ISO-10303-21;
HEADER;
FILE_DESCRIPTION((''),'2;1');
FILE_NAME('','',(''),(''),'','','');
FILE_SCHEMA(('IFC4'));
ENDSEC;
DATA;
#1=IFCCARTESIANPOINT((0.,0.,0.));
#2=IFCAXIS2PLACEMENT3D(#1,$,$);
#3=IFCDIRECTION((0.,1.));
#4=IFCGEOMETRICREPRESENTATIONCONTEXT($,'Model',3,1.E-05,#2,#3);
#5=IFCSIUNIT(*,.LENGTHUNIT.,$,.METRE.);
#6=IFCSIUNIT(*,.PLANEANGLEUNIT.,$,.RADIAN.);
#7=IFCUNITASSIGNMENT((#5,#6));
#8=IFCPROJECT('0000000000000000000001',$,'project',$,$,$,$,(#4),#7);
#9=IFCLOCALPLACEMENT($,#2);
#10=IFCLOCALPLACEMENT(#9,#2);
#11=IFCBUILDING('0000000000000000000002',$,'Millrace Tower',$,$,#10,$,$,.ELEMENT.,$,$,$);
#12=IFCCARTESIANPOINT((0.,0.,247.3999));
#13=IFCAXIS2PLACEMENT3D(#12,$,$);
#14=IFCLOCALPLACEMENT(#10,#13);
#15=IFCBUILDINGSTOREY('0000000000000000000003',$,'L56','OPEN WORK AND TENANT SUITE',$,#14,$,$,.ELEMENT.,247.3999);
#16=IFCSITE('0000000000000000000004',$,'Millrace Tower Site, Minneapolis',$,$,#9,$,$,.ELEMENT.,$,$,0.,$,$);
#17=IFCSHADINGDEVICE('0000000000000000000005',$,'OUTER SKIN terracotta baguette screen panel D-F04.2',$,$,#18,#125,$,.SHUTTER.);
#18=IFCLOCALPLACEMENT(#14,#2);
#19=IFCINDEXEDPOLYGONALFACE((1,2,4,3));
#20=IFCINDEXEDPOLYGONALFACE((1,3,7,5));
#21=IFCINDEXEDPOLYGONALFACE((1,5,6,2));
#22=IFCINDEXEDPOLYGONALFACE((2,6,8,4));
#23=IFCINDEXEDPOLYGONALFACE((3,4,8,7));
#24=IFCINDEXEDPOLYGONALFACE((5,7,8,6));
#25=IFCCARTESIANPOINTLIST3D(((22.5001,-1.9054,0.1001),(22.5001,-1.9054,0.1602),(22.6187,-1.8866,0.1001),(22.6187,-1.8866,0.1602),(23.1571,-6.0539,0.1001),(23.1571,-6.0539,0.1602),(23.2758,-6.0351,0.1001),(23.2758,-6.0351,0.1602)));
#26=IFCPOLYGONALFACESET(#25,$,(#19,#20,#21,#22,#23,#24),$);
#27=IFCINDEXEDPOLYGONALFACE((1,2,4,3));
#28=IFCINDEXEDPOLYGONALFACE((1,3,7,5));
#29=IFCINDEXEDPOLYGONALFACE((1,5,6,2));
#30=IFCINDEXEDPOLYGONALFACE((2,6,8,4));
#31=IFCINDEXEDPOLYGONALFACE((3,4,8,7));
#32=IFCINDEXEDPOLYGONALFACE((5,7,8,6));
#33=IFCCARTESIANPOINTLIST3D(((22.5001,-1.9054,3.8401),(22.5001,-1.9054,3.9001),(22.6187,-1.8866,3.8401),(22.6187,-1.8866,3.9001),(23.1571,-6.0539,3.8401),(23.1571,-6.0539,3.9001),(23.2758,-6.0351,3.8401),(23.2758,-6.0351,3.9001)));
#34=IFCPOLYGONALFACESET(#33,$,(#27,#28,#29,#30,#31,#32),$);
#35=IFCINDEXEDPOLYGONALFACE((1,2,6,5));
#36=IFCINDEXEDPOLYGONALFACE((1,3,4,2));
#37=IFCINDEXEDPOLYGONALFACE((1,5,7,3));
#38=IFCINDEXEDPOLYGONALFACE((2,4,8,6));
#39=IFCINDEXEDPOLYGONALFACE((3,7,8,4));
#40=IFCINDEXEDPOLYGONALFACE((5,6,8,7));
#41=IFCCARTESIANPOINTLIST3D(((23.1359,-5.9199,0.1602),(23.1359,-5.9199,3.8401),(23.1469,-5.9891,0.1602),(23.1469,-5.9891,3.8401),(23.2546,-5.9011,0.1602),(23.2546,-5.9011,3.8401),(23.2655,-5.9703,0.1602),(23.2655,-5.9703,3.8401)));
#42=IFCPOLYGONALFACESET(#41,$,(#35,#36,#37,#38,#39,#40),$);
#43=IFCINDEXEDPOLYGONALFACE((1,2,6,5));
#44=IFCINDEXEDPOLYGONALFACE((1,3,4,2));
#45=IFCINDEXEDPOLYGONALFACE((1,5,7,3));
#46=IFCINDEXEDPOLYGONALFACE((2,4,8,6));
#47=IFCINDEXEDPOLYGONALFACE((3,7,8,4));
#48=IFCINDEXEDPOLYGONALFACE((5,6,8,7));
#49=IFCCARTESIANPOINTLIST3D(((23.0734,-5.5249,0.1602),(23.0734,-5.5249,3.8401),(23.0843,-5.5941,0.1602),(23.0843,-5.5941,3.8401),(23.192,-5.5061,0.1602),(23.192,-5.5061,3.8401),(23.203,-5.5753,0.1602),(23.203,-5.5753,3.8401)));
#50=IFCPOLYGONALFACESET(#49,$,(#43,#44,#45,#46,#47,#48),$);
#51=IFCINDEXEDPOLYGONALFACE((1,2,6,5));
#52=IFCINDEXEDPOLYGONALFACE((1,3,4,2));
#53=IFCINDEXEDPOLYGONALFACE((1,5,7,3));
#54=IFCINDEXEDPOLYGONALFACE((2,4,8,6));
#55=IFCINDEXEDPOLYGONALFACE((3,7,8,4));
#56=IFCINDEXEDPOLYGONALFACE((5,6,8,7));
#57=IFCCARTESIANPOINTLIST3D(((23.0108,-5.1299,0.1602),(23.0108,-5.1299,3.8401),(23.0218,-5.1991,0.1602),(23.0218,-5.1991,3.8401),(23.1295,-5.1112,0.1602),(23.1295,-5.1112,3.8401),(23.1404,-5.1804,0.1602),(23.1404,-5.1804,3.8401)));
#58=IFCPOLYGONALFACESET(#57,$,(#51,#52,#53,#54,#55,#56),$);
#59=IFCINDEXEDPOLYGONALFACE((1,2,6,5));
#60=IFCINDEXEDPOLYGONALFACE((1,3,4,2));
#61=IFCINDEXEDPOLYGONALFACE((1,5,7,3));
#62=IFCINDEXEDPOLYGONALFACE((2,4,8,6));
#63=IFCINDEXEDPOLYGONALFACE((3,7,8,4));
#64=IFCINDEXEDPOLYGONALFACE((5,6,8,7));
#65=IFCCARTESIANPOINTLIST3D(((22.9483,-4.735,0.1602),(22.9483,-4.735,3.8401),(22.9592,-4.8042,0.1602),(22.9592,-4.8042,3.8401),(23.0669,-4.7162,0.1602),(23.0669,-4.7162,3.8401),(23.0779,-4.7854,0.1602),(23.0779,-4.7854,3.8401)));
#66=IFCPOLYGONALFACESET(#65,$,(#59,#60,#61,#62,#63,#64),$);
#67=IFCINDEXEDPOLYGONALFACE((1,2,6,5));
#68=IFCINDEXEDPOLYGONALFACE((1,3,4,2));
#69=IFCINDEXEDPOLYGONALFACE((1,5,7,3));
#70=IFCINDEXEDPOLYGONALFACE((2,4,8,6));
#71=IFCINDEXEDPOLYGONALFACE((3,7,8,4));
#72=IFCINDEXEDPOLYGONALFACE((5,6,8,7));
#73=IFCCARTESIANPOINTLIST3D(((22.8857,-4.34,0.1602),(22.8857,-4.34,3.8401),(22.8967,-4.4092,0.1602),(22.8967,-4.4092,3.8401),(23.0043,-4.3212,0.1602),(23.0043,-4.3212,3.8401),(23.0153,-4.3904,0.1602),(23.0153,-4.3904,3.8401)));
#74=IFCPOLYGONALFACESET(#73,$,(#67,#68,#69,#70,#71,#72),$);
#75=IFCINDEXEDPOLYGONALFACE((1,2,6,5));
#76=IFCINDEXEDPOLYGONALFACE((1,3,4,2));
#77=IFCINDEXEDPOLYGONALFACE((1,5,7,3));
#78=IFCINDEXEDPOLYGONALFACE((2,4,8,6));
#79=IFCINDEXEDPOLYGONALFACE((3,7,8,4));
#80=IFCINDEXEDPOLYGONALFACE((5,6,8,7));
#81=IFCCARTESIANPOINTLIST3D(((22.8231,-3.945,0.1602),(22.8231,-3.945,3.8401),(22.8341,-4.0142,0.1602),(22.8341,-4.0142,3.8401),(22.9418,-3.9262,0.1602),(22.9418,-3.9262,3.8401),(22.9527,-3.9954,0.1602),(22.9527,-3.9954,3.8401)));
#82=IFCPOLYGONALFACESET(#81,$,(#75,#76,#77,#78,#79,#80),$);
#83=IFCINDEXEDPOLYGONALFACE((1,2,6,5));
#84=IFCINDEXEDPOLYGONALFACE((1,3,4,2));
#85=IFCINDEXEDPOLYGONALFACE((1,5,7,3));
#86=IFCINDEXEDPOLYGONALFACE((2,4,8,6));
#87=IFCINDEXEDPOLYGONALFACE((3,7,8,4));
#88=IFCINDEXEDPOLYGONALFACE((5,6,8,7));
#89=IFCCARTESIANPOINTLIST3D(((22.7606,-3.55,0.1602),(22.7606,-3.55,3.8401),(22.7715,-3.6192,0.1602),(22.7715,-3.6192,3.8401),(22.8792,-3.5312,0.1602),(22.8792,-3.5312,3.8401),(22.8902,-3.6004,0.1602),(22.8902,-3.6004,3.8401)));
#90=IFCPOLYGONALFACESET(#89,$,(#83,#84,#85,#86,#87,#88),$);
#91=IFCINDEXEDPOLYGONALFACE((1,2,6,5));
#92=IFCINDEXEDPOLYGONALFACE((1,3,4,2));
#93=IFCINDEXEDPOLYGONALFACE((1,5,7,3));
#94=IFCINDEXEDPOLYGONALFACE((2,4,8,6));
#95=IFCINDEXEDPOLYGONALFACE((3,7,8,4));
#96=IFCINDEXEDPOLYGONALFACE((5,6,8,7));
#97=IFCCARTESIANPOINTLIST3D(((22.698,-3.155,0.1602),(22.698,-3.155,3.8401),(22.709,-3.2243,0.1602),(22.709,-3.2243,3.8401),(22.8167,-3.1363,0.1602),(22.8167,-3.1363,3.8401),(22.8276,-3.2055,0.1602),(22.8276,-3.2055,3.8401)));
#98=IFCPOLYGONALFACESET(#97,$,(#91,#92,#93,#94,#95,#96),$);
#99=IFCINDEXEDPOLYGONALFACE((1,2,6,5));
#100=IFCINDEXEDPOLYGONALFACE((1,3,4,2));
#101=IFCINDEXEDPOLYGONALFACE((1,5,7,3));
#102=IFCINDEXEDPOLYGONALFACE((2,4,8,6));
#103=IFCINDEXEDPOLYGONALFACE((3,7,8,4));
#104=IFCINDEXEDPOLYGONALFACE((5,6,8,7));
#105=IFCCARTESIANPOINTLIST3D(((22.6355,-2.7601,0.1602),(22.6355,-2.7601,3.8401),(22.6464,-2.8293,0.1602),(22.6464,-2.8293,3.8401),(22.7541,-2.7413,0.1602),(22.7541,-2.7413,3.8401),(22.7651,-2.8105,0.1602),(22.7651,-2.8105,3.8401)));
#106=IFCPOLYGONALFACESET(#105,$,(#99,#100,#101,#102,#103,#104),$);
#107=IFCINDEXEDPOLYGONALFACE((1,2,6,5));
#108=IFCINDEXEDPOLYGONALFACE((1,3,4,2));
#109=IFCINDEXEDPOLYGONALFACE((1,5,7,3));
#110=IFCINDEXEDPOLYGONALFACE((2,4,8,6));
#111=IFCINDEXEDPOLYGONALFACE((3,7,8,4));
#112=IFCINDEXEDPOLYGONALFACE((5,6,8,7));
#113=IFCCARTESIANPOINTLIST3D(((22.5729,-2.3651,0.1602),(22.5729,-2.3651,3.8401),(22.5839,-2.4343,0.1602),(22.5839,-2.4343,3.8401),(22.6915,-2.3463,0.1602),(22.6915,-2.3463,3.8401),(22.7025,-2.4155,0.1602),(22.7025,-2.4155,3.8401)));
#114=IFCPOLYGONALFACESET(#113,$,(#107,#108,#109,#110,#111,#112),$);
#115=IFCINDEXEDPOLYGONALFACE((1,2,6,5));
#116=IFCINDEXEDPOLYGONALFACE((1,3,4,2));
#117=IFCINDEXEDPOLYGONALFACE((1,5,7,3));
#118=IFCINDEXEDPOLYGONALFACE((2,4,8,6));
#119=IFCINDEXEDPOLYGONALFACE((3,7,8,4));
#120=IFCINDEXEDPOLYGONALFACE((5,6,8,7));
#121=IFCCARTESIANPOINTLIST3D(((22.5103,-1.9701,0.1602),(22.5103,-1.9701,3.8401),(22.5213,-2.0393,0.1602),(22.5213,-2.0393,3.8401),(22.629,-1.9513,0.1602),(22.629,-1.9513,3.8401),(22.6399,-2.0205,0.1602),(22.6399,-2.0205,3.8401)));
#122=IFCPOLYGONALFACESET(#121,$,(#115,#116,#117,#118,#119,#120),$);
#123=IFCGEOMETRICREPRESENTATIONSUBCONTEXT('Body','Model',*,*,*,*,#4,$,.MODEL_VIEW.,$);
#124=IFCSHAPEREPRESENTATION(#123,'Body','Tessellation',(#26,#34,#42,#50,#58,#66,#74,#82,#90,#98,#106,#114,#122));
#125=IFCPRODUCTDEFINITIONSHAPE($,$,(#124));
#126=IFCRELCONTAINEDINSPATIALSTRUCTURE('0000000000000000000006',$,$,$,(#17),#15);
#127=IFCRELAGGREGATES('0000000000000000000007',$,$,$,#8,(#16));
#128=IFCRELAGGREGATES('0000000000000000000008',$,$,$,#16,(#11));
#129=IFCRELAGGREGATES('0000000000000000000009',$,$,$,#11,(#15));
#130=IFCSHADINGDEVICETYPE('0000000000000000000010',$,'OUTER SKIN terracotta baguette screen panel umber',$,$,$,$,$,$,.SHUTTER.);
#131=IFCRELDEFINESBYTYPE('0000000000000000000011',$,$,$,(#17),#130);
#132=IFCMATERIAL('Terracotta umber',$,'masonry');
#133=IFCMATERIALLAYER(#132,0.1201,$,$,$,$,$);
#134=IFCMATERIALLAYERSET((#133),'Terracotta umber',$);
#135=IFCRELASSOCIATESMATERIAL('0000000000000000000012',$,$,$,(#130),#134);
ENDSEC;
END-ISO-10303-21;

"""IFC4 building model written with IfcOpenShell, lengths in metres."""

from ifc_helpers import new_model, entity, si_unit, direction, frame, frame_2d, origin, origin_2d, place, context, subcontext, project, spatial, rectangle, extrude, source, transform, mapped, material, layer, layer_set, type_object, element, save


model = new_model("IFC4")

# Units and contexts
model_context = context("Model", 3, precision=1e-05, world=origin(), true_north=direction((0.0, 1.0)))
body_context = subcontext(model_context, "Body", "Model", "MODEL_VIEW")
ifc_project = project(units=[si_unit("LENGTHUNIT", "METRE"), si_unit("PLANEANGLEUNIT", "RADIAN")], contexts=[model_context])

# Site, building, storey
site_placement = place(None, origin())
site = spatial("IfcSite", under=ifc_project, at=site_placement, Name="Millrace Tower Site, Minneapolis", CompositionType="ELEMENT", RefElevation=0.0)
building_placement = place(site_placement, origin())
building = spatial("IfcBuilding", under=site, at=building_placement, Name="Millrace Tower", CompositionType="ELEMENT")
storey_placement = place(building_placement, frame((0.0, 0.0, 247.3999)))
storey = spatial("IfcBuildingStorey", under=building, at=storey_placement, Name="L56", Description="OPEN WORK AND TENANT SUITE", CompositionType="ELEMENT", Elevation=247.3999)

# Shading device
ifc_material_1 = material(Name="Terracotta umber", Category="masonry")
ifc_layer_1 = layer(ifc_material_1, 0.1201)
ifc_layer_set_1 = layer_set([ifc_layer_1], Name="Terracotta umber")
shading_device_type = type_object("IfcShadingDeviceType", Name="OUTER SKIN terracotta baguette screen panel umber", PredefinedType="SHUTTER", material=ifc_layer_set_1)
cartesian_point_1 = entity("IfcCartesianPoint", [-2.1001, 0.0601])
shared_polyline_1 = entity("IfcPolyline", [cartesian_point_1, entity("IfcCartesianPoint", [2.1001, 0.0601]), entity("IfcCartesianPoint", [2.1001, -0.0601]), entity("IfcCartesianPoint", [-2.1001, -0.0601]), cartesian_point_1])
shared_shape_1 = source(origin(), body_context, "Body", "SweptSolid", [
    entity("IfcExtrudedAreaSolid", entity("IfcArbitraryClosedProfileDef", "AREA", None, shared_polyline_1), entity("IfcAxis2Placement3D", entity("IfcCartesianPoint", [0.0, 0.0, 0.0])), entity("IfcDirection", [0.0, 0.0, 1.0]), 0.0601),
    entity("IfcExtrudedAreaSolid", entity("IfcArbitraryClosedProfileDef", "AREA", None, shared_polyline_1), entity("IfcAxis2Placement3D", entity("IfcCartesianPoint", [0.0, 0.0, 3.74])), entity("IfcDirection", [0.0, 0.0, 1.0]), 0.0601),
    extrude(rectangle(XDim=0.0701, YDim=0.1201, at=frame_2d((-1.9995, 0.0))), frame((0.0, 0.0, 0.0601)), (0.0, 0.0, 1.0), 3.6799),
    extrude(rectangle(XDim=0.0701, YDim=0.1201, at=frame_2d((-1.5996, 0.0))), frame((0.0, 0.0, 0.0601)), (0.0, 0.0, 1.0), 3.6799),
    extrude(rectangle(XDim=0.0701, YDim=0.1201, at=frame_2d((-1.1997, 0.0))), frame((0.0, 0.0, 0.0601)), (0.0, 0.0, 1.0), 3.6799),
    extrude(rectangle(XDim=0.0701, YDim=0.1201, at=frame_2d((-0.7998, 0.0))), frame((0.0, 0.0, 0.0601)), (0.0, 0.0, 1.0), 3.6799),
    extrude(rectangle(XDim=0.0701, YDim=0.1201, at=frame_2d((-0.3999, 0.0))), frame((0.0, 0.0, 0.0601)), (0.0, 0.0, 1.0), 3.6799),
    extrude(rectangle(XDim=0.0701, YDim=0.1201, at=origin_2d()), frame((0.0, 0.0, 0.0601)), (0.0, 0.0, 1.0), 3.6799),
    extrude(rectangle(XDim=0.0701, YDim=0.1201, at=frame_2d((0.3999, 0.0))), frame((0.0, 0.0, 0.0601)), (0.0, 0.0, 1.0), 3.6799),
    extrude(rectangle(XDim=0.0701, YDim=0.1201, at=frame_2d((0.7998, 0.0))), frame((0.0, 0.0, 0.0601)), (0.0, 0.0, 1.0), 3.6799),
    extrude(rectangle(XDim=0.0701, YDim=0.1201, at=frame_2d((1.1997, 0.0))), frame((0.0, 0.0, 0.0601)), (0.0, 0.0, 1.0), 3.6799),
    extrude(rectangle(XDim=0.0701, YDim=0.1201, at=frame_2d((1.5996, 0.0))), frame((0.0, 0.0, 0.0601)), (0.0, 0.0, 1.0), 3.6799),
    extrude(rectangle(XDim=0.0701, YDim=0.1201, at=frame_2d((1.9995, 0.0))), frame((0.0, 0.0, 0.0601)), (0.0, 0.0, 1.0), 3.6799),
])
shading_device_1_placement = place(storey_placement, frame((22.8879, -3.9702, 0.1001), z_axis=(0.0, 0.0, 1.0), x_axis=(-0.156434, 0.987688, 0.0)))
element("IfcShadingDevice", 1, at=shading_device_1_placement, inside=storey, type_object=shading_device_type, Name="OUTER SKIN terracotta baguette screen panel D-F04.2", PredefinedType="SHUTTER", context=body_context, shape_type="MappedRepresentation", body=[
    mapped(shared_shape_1, transform((0.0, 0.0, 0.0), scale=1.0)),
])

save(model, "model.ifc")
